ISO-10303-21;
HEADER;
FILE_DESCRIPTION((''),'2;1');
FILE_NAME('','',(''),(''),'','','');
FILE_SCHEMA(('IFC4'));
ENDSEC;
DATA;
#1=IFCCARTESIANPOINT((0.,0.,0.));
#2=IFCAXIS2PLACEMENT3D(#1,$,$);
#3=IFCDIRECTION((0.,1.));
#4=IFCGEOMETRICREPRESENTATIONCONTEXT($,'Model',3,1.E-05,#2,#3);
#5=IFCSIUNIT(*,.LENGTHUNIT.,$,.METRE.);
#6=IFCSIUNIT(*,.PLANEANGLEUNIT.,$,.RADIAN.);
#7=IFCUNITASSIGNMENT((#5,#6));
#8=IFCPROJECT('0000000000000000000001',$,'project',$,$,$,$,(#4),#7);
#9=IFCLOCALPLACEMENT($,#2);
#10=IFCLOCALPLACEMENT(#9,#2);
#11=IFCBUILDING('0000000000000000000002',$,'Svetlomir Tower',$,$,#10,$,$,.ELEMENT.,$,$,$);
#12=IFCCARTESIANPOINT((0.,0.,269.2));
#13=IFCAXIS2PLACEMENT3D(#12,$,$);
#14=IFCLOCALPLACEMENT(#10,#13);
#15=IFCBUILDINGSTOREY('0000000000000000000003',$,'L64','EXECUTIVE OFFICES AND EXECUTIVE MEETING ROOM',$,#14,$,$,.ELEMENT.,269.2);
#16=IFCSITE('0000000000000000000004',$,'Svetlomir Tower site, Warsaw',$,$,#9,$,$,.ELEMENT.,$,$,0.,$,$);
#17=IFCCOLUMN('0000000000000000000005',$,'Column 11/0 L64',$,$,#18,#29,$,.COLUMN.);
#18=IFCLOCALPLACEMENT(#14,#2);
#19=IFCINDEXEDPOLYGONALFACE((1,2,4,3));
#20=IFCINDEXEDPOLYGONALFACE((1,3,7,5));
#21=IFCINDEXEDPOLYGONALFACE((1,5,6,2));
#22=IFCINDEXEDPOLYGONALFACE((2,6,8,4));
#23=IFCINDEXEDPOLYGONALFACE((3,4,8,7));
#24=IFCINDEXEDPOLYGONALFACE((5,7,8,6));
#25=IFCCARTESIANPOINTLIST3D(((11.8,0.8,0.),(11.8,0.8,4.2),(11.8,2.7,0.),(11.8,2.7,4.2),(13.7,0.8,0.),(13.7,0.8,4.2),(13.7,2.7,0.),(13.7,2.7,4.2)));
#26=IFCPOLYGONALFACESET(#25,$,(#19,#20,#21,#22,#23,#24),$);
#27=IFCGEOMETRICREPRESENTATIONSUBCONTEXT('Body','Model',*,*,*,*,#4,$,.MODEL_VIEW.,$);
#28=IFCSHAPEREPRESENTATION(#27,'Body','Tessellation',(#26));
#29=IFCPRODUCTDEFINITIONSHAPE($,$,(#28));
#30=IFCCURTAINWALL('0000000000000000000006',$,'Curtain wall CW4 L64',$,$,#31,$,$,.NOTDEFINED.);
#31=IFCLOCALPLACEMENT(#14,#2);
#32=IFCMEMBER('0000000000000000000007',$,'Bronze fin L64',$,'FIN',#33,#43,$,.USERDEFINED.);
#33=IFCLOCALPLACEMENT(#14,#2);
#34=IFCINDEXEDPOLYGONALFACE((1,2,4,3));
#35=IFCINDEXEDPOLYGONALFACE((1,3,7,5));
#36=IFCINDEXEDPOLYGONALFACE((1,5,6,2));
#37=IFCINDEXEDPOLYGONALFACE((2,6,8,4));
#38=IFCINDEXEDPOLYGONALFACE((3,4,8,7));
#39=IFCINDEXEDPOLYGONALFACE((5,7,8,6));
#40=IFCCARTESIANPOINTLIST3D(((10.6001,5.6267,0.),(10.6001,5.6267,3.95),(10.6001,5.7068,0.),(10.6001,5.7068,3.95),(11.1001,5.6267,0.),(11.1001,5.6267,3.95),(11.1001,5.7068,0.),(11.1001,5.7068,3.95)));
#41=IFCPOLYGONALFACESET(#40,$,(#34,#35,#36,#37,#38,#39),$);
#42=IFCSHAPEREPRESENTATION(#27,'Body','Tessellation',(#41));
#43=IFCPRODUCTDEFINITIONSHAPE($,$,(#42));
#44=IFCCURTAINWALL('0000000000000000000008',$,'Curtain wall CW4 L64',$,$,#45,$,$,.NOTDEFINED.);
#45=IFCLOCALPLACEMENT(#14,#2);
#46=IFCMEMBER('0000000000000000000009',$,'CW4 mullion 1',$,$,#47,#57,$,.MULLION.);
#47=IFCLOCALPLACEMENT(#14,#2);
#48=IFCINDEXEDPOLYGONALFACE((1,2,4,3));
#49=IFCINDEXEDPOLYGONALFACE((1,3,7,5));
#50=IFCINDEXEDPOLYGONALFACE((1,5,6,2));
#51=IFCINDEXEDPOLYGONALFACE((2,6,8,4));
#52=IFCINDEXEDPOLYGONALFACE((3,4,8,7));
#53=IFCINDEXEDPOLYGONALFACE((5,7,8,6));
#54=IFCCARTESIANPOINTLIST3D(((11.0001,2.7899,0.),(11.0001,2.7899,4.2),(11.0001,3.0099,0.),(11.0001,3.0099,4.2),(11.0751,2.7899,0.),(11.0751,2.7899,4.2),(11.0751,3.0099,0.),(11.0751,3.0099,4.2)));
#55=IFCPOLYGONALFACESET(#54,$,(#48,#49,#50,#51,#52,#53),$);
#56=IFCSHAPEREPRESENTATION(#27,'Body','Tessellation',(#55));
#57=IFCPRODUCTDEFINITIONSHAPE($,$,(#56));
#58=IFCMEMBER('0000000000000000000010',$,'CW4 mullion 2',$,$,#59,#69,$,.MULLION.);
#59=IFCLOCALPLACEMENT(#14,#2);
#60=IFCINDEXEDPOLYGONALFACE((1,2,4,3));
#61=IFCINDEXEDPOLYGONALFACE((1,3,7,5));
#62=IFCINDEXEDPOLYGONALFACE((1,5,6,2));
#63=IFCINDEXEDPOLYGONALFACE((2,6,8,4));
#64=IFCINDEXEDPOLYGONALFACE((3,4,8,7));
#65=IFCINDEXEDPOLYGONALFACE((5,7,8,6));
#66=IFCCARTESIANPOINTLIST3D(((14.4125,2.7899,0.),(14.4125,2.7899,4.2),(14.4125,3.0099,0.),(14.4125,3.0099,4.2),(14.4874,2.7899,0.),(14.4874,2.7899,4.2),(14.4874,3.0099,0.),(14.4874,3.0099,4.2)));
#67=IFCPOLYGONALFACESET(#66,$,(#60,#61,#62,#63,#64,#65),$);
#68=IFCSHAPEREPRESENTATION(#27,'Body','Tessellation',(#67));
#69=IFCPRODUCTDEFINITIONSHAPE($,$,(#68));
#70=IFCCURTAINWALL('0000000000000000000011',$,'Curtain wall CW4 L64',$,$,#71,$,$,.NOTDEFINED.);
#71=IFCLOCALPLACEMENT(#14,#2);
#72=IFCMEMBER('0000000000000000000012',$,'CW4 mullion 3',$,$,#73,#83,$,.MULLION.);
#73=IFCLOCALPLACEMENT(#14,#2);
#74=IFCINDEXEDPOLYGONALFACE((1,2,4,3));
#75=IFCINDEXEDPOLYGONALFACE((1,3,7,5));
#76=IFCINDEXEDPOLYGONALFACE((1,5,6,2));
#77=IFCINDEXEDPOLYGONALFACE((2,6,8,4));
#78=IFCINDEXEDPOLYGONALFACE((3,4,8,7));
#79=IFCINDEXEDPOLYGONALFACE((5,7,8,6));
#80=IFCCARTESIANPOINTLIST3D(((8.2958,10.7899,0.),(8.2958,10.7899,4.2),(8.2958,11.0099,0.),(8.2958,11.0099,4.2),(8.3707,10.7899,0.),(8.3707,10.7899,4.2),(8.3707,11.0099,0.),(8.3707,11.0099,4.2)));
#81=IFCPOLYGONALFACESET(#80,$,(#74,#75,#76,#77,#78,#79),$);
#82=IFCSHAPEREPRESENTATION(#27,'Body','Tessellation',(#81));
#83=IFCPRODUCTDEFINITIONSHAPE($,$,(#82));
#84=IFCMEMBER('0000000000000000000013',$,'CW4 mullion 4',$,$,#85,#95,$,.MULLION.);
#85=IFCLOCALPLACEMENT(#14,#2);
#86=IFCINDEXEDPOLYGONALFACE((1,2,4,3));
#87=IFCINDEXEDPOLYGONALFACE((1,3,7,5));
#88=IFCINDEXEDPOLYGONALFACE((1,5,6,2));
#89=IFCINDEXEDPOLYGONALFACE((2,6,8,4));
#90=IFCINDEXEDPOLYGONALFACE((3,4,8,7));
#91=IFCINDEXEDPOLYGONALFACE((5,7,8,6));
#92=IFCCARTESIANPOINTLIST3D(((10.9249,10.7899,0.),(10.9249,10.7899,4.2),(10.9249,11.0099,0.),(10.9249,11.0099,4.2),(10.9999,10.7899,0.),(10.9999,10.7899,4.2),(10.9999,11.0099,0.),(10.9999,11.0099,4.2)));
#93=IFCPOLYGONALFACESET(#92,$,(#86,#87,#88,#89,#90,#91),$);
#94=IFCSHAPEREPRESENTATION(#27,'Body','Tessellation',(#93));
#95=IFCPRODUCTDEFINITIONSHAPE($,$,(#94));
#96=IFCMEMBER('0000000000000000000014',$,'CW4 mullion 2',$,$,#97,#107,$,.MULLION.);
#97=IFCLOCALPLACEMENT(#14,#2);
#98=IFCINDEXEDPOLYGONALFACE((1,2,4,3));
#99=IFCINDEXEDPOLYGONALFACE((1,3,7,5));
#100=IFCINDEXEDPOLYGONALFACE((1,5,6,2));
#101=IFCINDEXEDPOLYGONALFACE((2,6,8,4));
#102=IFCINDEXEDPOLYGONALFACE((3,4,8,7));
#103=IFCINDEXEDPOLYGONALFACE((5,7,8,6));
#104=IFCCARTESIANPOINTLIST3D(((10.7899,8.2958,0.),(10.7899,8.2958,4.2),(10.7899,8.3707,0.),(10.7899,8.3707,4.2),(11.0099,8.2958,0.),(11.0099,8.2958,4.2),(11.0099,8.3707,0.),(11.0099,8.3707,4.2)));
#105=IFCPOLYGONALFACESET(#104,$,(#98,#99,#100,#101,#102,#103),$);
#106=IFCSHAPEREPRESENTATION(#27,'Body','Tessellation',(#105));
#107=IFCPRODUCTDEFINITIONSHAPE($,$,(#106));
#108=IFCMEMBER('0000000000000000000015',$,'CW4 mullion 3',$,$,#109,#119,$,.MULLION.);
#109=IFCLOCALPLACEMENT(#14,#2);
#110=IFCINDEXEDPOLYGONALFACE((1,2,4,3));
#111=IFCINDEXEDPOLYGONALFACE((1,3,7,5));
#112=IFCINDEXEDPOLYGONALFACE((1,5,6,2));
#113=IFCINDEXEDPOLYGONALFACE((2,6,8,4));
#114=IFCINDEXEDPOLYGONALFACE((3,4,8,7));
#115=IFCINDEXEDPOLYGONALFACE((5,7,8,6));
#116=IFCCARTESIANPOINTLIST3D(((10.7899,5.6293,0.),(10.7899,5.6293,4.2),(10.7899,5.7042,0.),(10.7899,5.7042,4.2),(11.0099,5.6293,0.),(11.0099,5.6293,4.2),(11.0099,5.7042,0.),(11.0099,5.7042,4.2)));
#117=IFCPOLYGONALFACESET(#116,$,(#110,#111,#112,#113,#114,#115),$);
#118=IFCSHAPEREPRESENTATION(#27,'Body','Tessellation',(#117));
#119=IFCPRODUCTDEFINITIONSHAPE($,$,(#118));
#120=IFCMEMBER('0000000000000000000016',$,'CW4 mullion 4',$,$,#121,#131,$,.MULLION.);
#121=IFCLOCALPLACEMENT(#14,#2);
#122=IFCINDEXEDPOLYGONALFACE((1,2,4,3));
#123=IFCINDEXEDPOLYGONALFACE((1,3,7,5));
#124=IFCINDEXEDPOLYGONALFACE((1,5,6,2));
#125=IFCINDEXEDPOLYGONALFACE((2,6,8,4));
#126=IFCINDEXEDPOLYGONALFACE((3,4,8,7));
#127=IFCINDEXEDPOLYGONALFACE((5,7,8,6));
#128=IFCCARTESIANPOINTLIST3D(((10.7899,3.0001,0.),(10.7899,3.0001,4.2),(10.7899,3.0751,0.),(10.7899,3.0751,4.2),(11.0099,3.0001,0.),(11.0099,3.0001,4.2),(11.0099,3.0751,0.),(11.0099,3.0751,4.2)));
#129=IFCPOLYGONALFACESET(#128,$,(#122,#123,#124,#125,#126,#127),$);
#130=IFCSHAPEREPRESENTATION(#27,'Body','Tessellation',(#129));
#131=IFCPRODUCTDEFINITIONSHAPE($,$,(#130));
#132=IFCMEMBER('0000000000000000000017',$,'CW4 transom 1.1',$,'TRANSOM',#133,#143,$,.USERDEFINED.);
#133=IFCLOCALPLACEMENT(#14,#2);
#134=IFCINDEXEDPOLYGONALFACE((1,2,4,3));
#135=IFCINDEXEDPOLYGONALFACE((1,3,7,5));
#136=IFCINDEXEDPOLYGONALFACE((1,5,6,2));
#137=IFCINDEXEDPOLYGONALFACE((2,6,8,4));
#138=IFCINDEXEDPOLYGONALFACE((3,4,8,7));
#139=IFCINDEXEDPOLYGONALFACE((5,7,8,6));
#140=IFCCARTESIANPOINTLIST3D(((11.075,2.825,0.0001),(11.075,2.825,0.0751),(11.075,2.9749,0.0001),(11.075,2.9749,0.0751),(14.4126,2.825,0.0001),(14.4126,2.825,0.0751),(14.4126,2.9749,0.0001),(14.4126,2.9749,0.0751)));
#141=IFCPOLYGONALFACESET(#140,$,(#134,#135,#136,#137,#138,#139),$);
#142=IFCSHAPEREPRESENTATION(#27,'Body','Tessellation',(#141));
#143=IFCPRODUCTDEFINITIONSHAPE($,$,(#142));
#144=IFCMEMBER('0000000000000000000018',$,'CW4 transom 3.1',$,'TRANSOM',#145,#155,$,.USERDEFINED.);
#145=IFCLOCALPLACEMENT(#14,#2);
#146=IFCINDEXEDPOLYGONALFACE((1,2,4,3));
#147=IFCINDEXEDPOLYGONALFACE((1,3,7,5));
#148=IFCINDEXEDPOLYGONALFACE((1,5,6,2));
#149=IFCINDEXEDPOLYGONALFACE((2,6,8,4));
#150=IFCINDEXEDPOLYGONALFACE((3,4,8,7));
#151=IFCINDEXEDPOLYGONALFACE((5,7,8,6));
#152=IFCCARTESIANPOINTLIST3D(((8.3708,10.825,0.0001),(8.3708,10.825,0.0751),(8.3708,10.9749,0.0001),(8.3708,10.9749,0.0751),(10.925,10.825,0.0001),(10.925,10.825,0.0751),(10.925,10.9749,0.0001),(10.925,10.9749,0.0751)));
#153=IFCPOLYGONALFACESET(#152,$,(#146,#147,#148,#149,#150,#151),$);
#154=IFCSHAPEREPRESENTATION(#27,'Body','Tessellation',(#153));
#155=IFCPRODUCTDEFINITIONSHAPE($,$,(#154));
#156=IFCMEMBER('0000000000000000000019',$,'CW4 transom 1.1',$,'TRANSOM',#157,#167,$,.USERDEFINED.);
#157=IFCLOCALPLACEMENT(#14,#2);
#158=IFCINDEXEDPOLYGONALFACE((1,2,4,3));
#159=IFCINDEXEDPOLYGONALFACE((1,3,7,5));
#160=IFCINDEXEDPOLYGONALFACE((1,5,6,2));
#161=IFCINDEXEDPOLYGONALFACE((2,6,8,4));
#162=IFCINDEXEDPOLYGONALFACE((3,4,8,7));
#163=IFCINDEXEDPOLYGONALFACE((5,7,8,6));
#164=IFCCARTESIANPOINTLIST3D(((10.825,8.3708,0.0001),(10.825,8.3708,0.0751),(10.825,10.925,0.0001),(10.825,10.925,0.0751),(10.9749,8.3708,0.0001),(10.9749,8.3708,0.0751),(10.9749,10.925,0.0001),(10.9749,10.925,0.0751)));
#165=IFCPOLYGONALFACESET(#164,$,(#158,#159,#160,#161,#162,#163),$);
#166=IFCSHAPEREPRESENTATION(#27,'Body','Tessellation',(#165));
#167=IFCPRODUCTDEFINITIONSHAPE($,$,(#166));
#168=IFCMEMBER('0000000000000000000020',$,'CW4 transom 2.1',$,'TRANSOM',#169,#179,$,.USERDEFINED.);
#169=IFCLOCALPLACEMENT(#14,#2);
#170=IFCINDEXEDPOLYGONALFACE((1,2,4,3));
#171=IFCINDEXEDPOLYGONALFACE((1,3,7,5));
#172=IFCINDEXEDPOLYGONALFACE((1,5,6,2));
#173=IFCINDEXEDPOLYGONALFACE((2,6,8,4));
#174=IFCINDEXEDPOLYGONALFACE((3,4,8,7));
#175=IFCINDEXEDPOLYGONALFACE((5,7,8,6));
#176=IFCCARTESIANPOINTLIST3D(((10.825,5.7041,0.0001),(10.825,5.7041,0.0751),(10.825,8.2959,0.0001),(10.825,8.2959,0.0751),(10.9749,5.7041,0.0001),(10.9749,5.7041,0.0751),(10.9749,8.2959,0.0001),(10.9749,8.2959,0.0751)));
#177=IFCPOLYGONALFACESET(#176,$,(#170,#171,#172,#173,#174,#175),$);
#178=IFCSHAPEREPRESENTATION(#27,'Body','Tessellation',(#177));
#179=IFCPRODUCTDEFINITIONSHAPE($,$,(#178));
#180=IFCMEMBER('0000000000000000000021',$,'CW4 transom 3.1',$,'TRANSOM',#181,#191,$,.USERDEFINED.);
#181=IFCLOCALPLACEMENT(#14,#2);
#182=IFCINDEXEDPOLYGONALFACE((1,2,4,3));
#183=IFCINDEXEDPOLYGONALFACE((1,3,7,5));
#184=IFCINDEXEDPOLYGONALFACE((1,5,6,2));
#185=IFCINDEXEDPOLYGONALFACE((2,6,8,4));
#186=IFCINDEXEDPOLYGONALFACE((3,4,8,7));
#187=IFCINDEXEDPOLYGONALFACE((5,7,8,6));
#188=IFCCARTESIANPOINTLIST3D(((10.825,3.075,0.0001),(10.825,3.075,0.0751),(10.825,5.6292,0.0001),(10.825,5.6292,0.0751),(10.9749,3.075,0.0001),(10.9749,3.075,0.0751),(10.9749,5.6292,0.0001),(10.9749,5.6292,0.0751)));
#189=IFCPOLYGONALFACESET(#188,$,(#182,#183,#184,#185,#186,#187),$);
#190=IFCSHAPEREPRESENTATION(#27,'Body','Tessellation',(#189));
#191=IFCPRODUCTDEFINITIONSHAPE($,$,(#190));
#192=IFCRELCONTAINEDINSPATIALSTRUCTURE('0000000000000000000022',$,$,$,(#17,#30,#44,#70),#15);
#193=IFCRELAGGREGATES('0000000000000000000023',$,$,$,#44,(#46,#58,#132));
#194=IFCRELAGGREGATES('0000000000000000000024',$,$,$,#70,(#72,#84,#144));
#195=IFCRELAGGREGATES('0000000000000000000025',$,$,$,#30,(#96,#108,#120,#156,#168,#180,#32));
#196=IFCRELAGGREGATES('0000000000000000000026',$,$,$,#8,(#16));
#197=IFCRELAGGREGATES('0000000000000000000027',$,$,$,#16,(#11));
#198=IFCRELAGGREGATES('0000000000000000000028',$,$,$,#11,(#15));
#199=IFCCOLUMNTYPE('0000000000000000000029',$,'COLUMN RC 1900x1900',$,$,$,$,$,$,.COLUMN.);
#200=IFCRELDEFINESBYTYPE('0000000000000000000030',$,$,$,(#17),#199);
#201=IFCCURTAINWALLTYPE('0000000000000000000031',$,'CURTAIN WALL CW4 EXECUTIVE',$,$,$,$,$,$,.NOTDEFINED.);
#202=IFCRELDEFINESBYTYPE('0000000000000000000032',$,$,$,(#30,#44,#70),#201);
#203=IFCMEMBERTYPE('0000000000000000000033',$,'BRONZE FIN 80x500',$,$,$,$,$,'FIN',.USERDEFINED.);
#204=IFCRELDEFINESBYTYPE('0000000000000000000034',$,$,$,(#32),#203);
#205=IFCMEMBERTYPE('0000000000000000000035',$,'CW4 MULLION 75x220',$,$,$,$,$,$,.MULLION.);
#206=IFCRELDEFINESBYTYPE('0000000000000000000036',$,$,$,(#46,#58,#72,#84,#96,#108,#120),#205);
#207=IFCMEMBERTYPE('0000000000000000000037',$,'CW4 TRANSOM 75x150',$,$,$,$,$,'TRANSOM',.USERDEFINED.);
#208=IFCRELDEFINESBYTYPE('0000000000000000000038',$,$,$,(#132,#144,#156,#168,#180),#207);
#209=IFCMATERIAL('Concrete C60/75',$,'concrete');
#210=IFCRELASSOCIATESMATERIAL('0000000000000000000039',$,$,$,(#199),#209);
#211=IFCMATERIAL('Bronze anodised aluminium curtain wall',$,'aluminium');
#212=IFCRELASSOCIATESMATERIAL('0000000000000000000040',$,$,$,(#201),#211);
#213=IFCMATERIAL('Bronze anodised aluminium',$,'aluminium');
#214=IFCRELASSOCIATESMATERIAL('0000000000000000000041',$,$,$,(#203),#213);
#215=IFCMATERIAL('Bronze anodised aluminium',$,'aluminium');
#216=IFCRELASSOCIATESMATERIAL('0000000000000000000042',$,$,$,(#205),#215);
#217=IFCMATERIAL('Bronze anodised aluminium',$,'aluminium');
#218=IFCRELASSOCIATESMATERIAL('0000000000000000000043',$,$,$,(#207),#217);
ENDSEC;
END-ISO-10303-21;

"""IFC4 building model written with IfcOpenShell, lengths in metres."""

from ifc_helpers import new_model, si_unit, direction, frame, origin, origin_2d, place, context, subcontext, project, spatial, rectangle, extrude, material, material_profile, profile_set, type_object, element, aggregate, save


model = new_model("IFC4")

# Units and contexts
model_context = context("Model", 3, precision=1e-05, world=origin(), true_north=direction((0.0, 1.0)))
body_context = subcontext(model_context, "Body", "Model", "MODEL_VIEW")
ifc_project = project(units=[si_unit("LENGTHUNIT", "METRE"), si_unit("PLANEANGLEUNIT", "RADIAN")], contexts=[model_context])

# Site, building, storey
site_placement = place(None, origin())
site = spatial("IfcSite", under=ifc_project, at=site_placement, Name="Svetlomir Tower site, Warsaw", CompositionType="ELEMENT", RefElevation=0.0)
building_placement = place(site_placement, origin())
building = spatial("IfcBuilding", under=site, at=building_placement, Name="Svetlomir Tower", CompositionType="ELEMENT")
storey_placement = place(building_placement, frame((0.0, 0.0, 269.2)))
storey = spatial("IfcBuildingStorey", under=building, at=storey_placement, Name="L64", Description="EXECUTIVE OFFICES AND EXECUTIVE MEETING ROOM", CompositionType="ELEMENT", Elevation=269.2)

# Column
ifc_material_1 = material(Name="Concrete C60/75", Category="concrete")
ifc_material_profile_1 = material_profile(ifc_material_1, rectangle(XDim=1.8999, YDim=1.8999, at=origin_2d()), Name="RC 1900x1900")
ifc_profile_set_1 = profile_set([ifc_material_profile_1], Name="Concrete C60/75")
column_type = type_object("IfcColumnType", Name="COLUMN RC 1900x1900", PredefinedType="COLUMN", material=ifc_profile_set_1)
column_placement = place(storey_placement, frame((12.75, 1.75, 0.0), z_axis=(0.0, 0.0, 1.0), x_axis=(1.0, 0.0, 0.0)))
element("IfcColumn", 1, at=column_placement, inside=storey, type_object=column_type, Name="Column 11/0 L64", PredefinedType="COLUMN", context=body_context, shape_type="SweptSolid", body=[
    extrude(rectangle(XDim=1.8999, YDim=1.8999, at=origin_2d()), origin(), (0.0, 0.0, 1.0), 4.2),
])

# Curtain wall, member
ifc_material_2 = material(Name="Bronze anodised aluminium curtain wall", Category="aluminium")
curtain_wall_type = type_object("IfcCurtainWallType", Name="CURTAIN WALL CW4 EXECUTIVE", PredefinedType="NOTDEFINED", material=ifc_material_2)
curtain_wall_1_placement = place(storey_placement, origin())
curtain_wall_1 = element("IfcCurtainWall", 2, at=curtain_wall_1_placement, inside=storey, type_object=curtain_wall_type, Name="Curtain wall CW4 L64", PredefinedType="NOTDEFINED")
ifc_material_3 = material(Name="Bronze anodised aluminium", Category="aluminium")
ifc_material_profile_2 = material_profile(ifc_material_3, rectangle(XDim=0.0801, YDim=0.5, at=origin_2d()), Name="FIN 80x500")
ifc_profile_set_2 = profile_set([ifc_material_profile_2], Name="Bronze anodised aluminium 6063-T6")
member_type_1 = type_object("IfcMemberType", Name="BRONZE FIN 80x500", ElementType="FIN", PredefinedType="USERDEFINED", material=ifc_profile_set_2)
member_1_placement = place(storey_placement, frame((10.8501, 5.6667, 0.0), z_axis=(0.0, 0.0, 1.0), x_axis=(0.0, 1.0, 0.0)))
member_1 = element("IfcMember", 3, at=member_1_placement, type_object=member_type_1, Name="Bronze fin L64", ObjectType="FIN", PredefinedType="USERDEFINED", context=body_context, shape_type="SweptSolid", body=[
    extrude(rectangle(XDim=0.0801, YDim=0.5, at=origin_2d()), origin(), (0.0, 0.0, 1.0), 3.95),
])

# Curtain walls, members
curtain_wall_2_placement = place(storey_placement, origin())
curtain_wall_2 = element("IfcCurtainWall", 4, at=curtain_wall_2_placement, inside=storey, type_object=curtain_wall_type, Name="Curtain wall CW4 L64", PredefinedType="NOTDEFINED")
ifc_material_4 = material(Name="Bronze anodised aluminium", Category="aluminium")
ifc_material_profile_3 = material_profile(ifc_material_4, rectangle(XDim=0.075, YDim=0.22, at=origin_2d()), Name="AL 75x220")
ifc_profile_set_3 = profile_set([ifc_material_profile_3], Name="Bronze anodised aluminium 6063-T6")
member_type_2 = type_object("IfcMemberType", Name="CW4 MULLION 75x220", PredefinedType="MULLION", material=ifc_profile_set_3)
member_2_placement = place(storey_placement, frame((11.0376, 2.8999, 0.0), z_axis=(0.0, 0.0, 1.0), x_axis=(1.0, 0.0, 0.0)))
member_2 = element("IfcMember", 5, at=member_2_placement, type_object=member_type_2, Name="CW4 mullion 1", PredefinedType="MULLION", context=body_context, shape_type="SweptSolid", body=[
    extrude(rectangle(XDim=0.075, YDim=0.22, at=origin_2d()), origin(), (0.0, 0.0, 1.0), 4.2),
])
member_3_placement = place(storey_placement, frame((14.45, 2.8999, 0.0), z_axis=(0.0, 0.0, 1.0), x_axis=(1.0, 0.0, 0.0)))
member_3 = element("IfcMember", 6, at=member_3_placement, type_object=member_type_2, Name="CW4 mullion 2", PredefinedType="MULLION", context=body_context, shape_type="SweptSolid", body=[
    extrude(rectangle(XDim=0.075, YDim=0.22, at=origin_2d()), origin(), (0.0, 0.0, 1.0), 4.2),
])
curtain_wall_3_placement = place(storey_placement, origin())
curtain_wall_3 = element("IfcCurtainWall", 7, at=curtain_wall_3_placement, inside=storey, type_object=curtain_wall_type, Name="Curtain wall CW4 L64", PredefinedType="NOTDEFINED")
member_4_placement = place(storey_placement, frame((8.3333, 10.8999, 0.0), z_axis=(0.0, 0.0, 1.0), x_axis=(1.0, 0.0, 0.0)))
member_4 = element("IfcMember", 8, at=member_4_placement, type_object=member_type_2, Name="CW4 mullion 3", PredefinedType="MULLION", context=body_context, shape_type="SweptSolid", body=[
    extrude(rectangle(XDim=0.075, YDim=0.22, at=origin_2d()), origin(), (0.0, 0.0, 1.0), 4.2),
])
member_5_placement = place(storey_placement, frame((10.9624, 10.8999, 0.0), z_axis=(0.0, 0.0, 1.0), x_axis=(1.0, 0.0, 0.0)))
member_5 = element("IfcMember", 9, at=member_5_placement, type_object=member_type_2, Name="CW4 mullion 4", PredefinedType="MULLION", context=body_context, shape_type="SweptSolid", body=[
    extrude(rectangle(XDim=0.075, YDim=0.22, at=origin_2d()), origin(), (0.0, 0.0, 1.0), 4.2),
])

# Members
member_6_placement = place(storey_placement, frame((10.8999, 8.3333, 0.0), z_axis=(0.0, 0.0, 1.0), x_axis=(0.0, -1.0, 0.0)))
member_6 = element("IfcMember", 10, at=member_6_placement, type_object=member_type_2, Name="CW4 mullion 2", PredefinedType="MULLION", context=body_context, shape_type="SweptSolid", body=[
    extrude(rectangle(XDim=0.075, YDim=0.22, at=origin_2d()), origin(), (0.0, 0.0, 1.0), 4.2),
])
member_7_placement = place(storey_placement, frame((10.8999, 5.6667, 0.0), z_axis=(0.0, 0.0, 1.0), x_axis=(0.0, -1.0, 0.0)))
member_7 = element("IfcMember", 11, at=member_7_placement, type_object=member_type_2, Name="CW4 mullion 3", PredefinedType="MULLION", context=body_context, shape_type="SweptSolid", body=[
    extrude(rectangle(XDim=0.075, YDim=0.22, at=origin_2d()), origin(), (0.0, 0.0, 1.0), 4.2),
])
member_8_placement = place(storey_placement, frame((10.8999, 3.0376, 0.0), z_axis=(0.0, 0.0, 1.0), x_axis=(0.0, -1.0, 0.0)))
member_8 = element("IfcMember", 12, at=member_8_placement, type_object=member_type_2, Name="CW4 mullion 4", PredefinedType="MULLION", context=body_context, shape_type="SweptSolid", body=[
    extrude(rectangle(XDim=0.075, YDim=0.22, at=origin_2d()), origin(), (0.0, 0.0, 1.0), 4.2),
])
ifc_material_5 = material(Name="Bronze anodised aluminium", Category="aluminium")
ifc_material_profile_4 = material_profile(ifc_material_5, rectangle(XDim=0.1499, YDim=0.075, at=origin_2d()), Name="AL 150x75")
ifc_profile_set_4 = profile_set([ifc_material_profile_4], Name="Bronze anodised aluminium 6063-T6")
member_type_3 = type_object("IfcMemberType", Name="CW4 TRANSOM 75x150", ElementType="TRANSOM", PredefinedType="USERDEFINED", material=ifc_profile_set_4)
member_9_placement = place(storey_placement, frame((11.075, 2.8999, 0.0376), z_axis=(1.0, 0.0, 0.0), x_axis=(0.0, 1.0, 0.0)))
member_9 = element("IfcMember", 13, at=member_9_placement, type_object=member_type_3, Name="CW4 transom 1.1", ObjectType="TRANSOM", PredefinedType="USERDEFINED", context=body_context, shape_type="SweptSolid", body=[
    extrude(rectangle(XDim=0.1499, YDim=0.075, at=origin_2d()), origin(), (0.0, 0.0, 1.0), 3.3376),
])
member_10_placement = place(storey_placement, frame((8.3708, 10.8999, 0.0376), z_axis=(1.0, 0.0, 0.0), x_axis=(0.0, 1.0, 0.0)))
member_10 = element("IfcMember", 14, at=member_10_placement, type_object=member_type_3, Name="CW4 transom 3.1", ObjectType="TRANSOM", PredefinedType="USERDEFINED", context=body_context, shape_type="SweptSolid", body=[
    extrude(rectangle(XDim=0.1499, YDim=0.075, at=origin_2d()), origin(), (0.0, 0.0, 1.0), 2.5542),
])
member_11_placement = place(storey_placement, frame((10.8999, 10.925, 0.0376), z_axis=(0.0, -1.0, 0.0), x_axis=(1.0, 0.0, 0.0)))
member_11 = element("IfcMember", 15, at=member_11_placement, type_object=member_type_3, Name="CW4 transom 1.1", ObjectType="TRANSOM", PredefinedType="USERDEFINED", context=body_context, shape_type="SweptSolid", body=[
    extrude(rectangle(XDim=0.1499, YDim=0.075, at=origin_2d()), origin(), (0.0, 0.0, 1.0), 2.5542),
])
member_12_placement = place(storey_placement, frame((10.8999, 8.2959, 0.0376), z_axis=(0.0, -1.0, 0.0), x_axis=(1.0, 0.0, 0.0)))
member_12 = element("IfcMember", 16, at=member_12_placement, type_object=member_type_3, Name="CW4 transom 2.1", ObjectType="TRANSOM", PredefinedType="USERDEFINED", context=body_context, shape_type="SweptSolid", body=[
    extrude(rectangle(XDim=0.1499, YDim=0.075, at=origin_2d()), origin(), (0.0, 0.0, 1.0), 2.5918),
])
member_13_placement = place(storey_placement, frame((10.8999, 5.6292, 0.0376), z_axis=(0.0, -1.0, 0.0), x_axis=(1.0, 0.0, 0.0)))
member_13 = element("IfcMember", 17, at=member_13_placement, type_object=member_type_3, Name="CW4 transom 3.1", ObjectType="TRANSOM", PredefinedType="USERDEFINED", context=body_context, shape_type="SweptSolid", body=[
    extrude(rectangle(XDim=0.1499, YDim=0.075, at=origin_2d()), origin(), (0.0, 0.0, 1.0), 2.5542),
])

aggregate(curtain_wall_2, [member_2, member_3, member_9])
aggregate(curtain_wall_3, [member_4, member_5, member_10])
aggregate(curtain_wall_1, [member_6, member_7, member_8, member_11, member_12, member_13, member_1])

save(model, "model.ifc")
